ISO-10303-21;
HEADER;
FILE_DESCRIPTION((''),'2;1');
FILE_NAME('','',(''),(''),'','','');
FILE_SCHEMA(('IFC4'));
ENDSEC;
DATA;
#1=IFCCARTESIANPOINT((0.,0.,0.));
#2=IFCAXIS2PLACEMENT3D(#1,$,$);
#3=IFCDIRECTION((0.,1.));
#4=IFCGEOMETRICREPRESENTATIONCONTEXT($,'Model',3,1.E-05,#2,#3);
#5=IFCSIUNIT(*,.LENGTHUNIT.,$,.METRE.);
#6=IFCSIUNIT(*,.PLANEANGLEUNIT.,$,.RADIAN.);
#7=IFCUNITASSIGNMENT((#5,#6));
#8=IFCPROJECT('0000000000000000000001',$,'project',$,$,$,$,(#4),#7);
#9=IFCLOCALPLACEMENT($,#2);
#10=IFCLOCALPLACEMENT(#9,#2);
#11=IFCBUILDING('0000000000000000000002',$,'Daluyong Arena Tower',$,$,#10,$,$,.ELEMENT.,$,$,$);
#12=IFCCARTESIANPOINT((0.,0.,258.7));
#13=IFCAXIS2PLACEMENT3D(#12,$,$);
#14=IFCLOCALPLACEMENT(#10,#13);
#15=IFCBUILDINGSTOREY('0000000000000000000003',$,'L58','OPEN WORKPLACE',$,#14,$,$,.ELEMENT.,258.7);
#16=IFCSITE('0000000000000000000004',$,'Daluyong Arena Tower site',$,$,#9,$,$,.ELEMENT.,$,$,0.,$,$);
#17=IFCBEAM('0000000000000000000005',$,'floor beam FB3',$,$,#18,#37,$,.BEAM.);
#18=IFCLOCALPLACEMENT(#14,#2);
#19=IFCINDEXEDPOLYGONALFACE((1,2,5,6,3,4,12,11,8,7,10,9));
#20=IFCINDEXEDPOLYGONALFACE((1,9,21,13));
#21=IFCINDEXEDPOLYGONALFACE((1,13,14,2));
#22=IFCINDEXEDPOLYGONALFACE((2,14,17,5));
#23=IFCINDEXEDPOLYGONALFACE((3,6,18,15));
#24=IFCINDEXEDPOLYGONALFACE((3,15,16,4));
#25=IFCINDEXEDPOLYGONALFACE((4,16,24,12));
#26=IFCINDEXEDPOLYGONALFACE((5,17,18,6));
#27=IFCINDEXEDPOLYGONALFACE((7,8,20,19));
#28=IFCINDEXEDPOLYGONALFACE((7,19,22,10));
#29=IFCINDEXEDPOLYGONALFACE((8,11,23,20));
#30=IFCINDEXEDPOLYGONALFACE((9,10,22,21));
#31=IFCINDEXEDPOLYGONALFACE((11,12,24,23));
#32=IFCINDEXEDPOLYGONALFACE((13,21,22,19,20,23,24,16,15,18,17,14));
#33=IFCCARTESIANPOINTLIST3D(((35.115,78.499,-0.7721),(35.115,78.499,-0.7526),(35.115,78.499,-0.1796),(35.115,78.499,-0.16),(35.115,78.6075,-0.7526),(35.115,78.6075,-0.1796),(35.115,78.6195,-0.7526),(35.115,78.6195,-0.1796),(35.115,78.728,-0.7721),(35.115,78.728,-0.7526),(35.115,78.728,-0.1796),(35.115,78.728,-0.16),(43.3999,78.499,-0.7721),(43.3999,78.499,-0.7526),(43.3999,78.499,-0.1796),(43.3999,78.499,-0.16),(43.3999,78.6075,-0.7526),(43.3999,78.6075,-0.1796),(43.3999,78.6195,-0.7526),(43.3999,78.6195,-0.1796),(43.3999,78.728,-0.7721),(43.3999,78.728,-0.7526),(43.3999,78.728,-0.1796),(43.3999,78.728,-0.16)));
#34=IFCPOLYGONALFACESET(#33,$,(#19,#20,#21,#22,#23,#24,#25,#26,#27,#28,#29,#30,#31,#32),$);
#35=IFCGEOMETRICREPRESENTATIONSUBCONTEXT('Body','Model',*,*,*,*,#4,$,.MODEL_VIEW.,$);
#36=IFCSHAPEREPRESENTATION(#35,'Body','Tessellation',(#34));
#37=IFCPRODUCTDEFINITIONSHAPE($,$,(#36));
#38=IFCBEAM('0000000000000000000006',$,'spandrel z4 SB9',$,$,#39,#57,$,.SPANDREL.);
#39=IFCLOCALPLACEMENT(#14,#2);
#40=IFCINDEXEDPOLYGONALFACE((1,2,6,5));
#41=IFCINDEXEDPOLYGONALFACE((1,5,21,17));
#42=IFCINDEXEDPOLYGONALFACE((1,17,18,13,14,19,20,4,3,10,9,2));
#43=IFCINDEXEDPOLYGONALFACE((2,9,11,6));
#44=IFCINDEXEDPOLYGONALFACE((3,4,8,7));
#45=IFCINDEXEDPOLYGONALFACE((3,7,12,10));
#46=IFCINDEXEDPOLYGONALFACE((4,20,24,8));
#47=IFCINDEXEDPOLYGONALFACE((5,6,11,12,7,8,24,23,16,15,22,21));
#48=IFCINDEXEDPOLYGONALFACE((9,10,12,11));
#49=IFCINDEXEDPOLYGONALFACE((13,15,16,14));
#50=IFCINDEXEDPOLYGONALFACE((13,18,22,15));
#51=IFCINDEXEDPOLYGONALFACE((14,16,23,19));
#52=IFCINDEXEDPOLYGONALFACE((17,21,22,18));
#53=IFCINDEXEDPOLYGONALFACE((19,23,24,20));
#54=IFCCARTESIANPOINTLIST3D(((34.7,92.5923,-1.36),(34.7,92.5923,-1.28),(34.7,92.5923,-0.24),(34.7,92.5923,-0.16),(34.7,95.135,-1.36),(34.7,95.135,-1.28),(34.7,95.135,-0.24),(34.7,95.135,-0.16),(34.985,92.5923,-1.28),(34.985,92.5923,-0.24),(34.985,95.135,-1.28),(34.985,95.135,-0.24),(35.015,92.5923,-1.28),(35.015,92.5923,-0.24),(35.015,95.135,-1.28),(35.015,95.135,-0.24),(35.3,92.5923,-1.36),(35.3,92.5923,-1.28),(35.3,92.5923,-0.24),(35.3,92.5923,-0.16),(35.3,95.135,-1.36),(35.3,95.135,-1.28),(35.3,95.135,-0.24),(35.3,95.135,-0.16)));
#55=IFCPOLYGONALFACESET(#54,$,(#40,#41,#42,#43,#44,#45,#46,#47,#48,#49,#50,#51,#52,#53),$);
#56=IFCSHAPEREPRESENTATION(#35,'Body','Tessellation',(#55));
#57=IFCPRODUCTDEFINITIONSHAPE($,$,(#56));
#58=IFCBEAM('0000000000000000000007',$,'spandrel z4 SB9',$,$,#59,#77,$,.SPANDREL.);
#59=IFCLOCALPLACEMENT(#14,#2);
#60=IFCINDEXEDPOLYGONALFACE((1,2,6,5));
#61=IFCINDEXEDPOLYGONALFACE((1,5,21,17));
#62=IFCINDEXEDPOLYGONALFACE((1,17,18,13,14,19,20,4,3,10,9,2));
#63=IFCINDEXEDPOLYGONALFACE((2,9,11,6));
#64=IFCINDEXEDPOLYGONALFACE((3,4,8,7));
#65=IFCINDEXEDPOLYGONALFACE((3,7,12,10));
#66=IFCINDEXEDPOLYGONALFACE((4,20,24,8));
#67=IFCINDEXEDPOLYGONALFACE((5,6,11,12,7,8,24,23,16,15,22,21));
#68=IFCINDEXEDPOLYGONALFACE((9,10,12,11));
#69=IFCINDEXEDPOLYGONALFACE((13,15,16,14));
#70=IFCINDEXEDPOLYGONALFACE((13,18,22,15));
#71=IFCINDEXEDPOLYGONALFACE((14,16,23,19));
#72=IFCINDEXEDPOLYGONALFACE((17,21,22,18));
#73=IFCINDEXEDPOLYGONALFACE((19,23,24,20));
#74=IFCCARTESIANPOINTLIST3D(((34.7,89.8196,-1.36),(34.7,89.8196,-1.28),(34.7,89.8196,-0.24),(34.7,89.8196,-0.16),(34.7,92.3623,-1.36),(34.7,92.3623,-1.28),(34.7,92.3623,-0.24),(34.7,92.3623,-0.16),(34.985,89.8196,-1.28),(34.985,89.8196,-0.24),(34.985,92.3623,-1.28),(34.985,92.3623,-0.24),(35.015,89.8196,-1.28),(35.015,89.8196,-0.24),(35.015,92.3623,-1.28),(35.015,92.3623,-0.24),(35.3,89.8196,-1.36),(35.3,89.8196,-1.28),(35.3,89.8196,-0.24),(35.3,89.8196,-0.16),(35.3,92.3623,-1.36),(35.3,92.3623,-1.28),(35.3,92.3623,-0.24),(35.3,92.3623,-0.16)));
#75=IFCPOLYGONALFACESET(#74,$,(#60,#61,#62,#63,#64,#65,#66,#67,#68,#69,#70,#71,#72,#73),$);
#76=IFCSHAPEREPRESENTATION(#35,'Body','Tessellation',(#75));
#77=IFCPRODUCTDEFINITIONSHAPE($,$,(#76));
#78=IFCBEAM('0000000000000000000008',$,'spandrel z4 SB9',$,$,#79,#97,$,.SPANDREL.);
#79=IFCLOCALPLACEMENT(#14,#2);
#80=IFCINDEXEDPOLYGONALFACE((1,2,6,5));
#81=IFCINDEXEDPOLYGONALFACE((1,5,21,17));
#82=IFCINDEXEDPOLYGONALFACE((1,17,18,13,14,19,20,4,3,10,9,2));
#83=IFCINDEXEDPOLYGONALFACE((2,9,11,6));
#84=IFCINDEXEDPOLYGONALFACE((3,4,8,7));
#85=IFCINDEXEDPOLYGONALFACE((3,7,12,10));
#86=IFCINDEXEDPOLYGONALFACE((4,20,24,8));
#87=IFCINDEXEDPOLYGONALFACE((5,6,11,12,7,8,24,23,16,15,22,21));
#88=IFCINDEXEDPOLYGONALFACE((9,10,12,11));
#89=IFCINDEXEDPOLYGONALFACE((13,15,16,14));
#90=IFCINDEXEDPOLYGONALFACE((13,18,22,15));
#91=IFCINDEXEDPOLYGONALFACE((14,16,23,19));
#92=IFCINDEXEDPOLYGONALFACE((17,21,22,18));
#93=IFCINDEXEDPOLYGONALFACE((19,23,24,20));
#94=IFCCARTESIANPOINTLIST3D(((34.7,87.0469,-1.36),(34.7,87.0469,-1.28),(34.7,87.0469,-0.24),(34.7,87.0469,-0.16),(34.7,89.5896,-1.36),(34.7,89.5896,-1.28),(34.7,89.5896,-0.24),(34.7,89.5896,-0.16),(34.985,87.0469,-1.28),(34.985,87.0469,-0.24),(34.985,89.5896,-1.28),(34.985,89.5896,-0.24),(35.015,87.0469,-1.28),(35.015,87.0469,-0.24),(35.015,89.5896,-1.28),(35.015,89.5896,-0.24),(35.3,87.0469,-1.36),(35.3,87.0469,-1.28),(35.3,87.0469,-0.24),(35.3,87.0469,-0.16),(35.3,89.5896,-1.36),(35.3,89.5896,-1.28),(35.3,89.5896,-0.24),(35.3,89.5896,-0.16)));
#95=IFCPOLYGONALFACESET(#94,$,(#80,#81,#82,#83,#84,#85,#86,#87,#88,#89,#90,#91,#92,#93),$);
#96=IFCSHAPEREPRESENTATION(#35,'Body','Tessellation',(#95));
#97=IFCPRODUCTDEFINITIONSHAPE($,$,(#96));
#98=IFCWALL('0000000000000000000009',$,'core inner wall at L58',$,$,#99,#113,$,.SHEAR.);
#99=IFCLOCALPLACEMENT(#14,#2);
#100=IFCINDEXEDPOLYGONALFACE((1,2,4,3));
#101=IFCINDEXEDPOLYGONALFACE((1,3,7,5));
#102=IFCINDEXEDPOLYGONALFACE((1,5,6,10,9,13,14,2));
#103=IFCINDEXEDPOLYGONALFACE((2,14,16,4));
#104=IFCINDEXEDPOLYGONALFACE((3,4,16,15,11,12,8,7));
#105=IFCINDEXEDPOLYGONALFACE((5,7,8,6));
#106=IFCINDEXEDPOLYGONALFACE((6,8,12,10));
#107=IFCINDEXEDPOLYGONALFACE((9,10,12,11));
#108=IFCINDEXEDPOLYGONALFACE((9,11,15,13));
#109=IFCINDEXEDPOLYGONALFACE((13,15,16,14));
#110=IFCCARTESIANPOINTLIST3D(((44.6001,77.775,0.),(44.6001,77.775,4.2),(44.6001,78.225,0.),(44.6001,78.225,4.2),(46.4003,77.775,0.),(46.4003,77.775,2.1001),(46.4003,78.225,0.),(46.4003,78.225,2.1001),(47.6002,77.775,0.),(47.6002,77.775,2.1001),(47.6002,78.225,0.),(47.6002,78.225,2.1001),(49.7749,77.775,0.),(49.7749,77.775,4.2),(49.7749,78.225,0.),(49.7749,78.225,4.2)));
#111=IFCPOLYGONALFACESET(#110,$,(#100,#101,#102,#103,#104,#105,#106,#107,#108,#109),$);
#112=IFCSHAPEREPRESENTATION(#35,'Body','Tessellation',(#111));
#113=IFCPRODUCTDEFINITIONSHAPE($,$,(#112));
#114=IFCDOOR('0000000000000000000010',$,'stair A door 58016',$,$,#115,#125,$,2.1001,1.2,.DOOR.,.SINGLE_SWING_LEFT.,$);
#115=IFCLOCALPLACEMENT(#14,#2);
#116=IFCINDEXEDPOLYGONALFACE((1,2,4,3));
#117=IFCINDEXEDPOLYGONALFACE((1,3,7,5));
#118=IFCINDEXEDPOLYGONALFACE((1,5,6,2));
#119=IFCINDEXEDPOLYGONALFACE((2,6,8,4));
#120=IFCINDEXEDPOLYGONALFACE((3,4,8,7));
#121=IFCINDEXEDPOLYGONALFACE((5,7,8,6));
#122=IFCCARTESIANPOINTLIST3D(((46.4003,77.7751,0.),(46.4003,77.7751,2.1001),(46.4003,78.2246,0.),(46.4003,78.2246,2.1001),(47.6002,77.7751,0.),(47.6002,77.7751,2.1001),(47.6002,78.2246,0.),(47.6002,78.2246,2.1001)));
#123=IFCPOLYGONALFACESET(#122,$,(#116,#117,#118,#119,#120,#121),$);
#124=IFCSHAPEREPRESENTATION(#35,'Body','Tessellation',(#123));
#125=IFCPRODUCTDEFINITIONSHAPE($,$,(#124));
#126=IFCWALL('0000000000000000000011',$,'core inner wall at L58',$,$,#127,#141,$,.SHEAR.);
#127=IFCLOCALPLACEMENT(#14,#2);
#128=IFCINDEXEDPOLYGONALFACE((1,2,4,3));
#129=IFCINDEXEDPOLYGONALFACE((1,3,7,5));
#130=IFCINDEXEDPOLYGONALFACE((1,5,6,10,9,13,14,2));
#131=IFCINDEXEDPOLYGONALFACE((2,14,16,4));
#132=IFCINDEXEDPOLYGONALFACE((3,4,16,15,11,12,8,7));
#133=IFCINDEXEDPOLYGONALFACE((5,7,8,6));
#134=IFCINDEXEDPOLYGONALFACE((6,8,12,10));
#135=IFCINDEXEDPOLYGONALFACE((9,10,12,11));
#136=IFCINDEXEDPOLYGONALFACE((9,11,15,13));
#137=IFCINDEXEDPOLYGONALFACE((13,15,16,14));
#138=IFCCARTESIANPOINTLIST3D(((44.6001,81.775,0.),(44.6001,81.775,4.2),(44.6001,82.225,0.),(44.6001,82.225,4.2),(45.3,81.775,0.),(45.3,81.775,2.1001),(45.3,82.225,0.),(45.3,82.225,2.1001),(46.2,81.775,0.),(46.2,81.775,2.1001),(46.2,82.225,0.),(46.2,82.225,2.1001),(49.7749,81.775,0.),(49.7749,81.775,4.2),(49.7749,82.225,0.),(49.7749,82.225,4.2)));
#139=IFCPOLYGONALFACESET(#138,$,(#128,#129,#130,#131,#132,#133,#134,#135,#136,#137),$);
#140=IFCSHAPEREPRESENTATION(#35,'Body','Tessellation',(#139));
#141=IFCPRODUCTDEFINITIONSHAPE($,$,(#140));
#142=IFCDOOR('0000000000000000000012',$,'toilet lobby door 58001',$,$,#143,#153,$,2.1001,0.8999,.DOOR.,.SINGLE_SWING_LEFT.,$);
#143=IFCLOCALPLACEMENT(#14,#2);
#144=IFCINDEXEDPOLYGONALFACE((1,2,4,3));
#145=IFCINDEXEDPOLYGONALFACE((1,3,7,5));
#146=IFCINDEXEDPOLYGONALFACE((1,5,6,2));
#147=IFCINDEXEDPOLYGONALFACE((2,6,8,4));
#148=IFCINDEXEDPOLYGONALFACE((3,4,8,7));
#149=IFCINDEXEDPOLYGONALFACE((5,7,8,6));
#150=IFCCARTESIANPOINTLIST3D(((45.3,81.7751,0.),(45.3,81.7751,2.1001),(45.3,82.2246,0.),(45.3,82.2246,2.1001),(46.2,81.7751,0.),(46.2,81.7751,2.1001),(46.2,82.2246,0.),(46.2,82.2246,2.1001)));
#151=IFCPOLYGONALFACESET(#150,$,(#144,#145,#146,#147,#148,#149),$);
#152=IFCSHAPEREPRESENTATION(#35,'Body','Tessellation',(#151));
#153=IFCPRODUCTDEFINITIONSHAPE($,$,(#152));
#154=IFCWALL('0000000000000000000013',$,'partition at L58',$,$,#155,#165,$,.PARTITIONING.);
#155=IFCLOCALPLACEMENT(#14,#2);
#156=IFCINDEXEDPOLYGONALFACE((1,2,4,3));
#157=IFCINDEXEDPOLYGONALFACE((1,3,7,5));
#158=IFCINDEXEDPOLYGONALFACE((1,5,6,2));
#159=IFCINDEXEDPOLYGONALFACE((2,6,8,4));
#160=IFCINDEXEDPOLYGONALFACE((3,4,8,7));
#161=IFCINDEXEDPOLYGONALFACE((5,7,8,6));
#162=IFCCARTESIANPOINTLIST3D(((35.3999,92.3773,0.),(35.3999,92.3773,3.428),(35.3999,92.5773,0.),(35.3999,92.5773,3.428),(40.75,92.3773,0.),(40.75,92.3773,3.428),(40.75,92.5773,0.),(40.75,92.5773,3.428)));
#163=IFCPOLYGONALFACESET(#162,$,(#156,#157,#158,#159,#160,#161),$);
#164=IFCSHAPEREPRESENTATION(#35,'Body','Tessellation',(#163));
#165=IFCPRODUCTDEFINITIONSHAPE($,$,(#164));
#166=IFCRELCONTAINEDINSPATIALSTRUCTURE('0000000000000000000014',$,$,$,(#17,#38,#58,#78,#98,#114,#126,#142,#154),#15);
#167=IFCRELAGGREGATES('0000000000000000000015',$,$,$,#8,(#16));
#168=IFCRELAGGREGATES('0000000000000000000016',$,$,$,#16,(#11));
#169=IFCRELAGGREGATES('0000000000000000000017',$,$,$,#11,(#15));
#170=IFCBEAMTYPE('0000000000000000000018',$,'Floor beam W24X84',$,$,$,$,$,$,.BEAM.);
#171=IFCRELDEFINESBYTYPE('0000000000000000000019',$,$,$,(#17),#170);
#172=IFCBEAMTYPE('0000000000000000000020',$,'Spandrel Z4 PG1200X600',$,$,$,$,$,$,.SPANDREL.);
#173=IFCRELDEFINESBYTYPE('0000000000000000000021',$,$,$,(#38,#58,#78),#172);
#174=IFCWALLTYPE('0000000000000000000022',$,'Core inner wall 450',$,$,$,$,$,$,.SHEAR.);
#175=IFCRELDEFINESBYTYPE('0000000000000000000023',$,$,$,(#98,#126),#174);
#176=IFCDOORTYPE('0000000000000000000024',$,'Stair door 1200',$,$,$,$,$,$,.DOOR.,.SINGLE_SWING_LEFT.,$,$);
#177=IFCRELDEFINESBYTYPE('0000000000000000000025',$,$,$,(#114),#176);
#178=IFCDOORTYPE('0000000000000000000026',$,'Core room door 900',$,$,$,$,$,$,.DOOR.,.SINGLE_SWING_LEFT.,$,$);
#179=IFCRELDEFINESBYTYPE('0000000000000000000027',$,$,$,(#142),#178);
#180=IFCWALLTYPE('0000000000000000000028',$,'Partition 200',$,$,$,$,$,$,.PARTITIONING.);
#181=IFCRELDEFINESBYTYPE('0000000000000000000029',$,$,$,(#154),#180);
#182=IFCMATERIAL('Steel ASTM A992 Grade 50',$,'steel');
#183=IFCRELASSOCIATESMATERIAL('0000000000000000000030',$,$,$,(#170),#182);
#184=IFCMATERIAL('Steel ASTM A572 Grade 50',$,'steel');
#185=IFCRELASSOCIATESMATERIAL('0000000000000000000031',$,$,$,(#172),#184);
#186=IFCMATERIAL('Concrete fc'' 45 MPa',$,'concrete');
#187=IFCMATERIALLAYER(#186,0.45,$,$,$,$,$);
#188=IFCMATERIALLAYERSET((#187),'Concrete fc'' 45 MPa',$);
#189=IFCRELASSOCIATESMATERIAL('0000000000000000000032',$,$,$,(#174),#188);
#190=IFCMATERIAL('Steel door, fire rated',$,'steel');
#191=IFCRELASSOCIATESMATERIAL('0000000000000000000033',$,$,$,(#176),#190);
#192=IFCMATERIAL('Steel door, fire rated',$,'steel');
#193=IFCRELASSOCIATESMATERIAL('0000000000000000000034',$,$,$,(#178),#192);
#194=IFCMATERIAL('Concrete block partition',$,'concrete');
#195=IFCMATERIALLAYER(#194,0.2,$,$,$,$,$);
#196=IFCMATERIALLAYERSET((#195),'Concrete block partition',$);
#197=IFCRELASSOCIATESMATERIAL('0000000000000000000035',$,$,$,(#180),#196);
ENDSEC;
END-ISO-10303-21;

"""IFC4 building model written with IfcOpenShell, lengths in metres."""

from ifc_helpers import new_model, si_unit, direction, frame, frame_2d, origin, origin_2d, place, context, subcontext, project, spatial, rectangle, i_section, extrude, material, layer, layer_set, material_profile, profile_set, type_object, element, fill, save


model = new_model("IFC4")

# Units and contexts
model_context = context("Model", 3, precision=1e-05, world=origin(), true_north=direction((0.0, 1.0)))
body_context = subcontext(model_context, "Body", "Model", "MODEL_VIEW")
ifc_project = project(units=[si_unit("LENGTHUNIT", "METRE"), si_unit("PLANEANGLEUNIT", "RADIAN")], contexts=[model_context])

# Site, building, storey
site_placement = place(None, origin())
site = spatial("IfcSite", under=ifc_project, at=site_placement, Name="Daluyong Arena Tower site", CompositionType="ELEMENT", RefElevation=0.0)
building_placement = place(site_placement, origin())
building = spatial("IfcBuilding", under=site, at=building_placement, Name="Daluyong Arena Tower", CompositionType="ELEMENT")
storey_placement = place(building_placement, frame((0.0, 0.0, 258.7)))
storey = spatial("IfcBuildingStorey", under=building, at=storey_placement, Name="L58", Description="OPEN WORKPLACE", CompositionType="ELEMENT", Elevation=258.7)

# Beams
ifc_material_1 = material(Name="Steel ASTM A992 Grade 50", Category="steel")
ifc_material_profile_1 = material_profile(ifc_material_1, i_section(OverallWidth=0.229, OverallDepth=0.6121, WebThickness=0.012, FlangeThickness=0.0195, at=origin_2d()))
ifc_profile_set_1 = profile_set([ifc_material_profile_1], Name="Steel ASTM A992 Grade 50")
beam_type_1 = type_object("IfcBeamType", Name="Floor beam W24X84", PredefinedType="BEAM", material=ifc_profile_set_1)
for number, where, z_axis, x_axis, name in (
    (1, (35.115, 78.6135, -0.4661), (1.0, 0.0, 0.0), (0.0, 1.0, 0.0), "floor beam FB3"),
):
    element("IfcBeam", number, at=place(storey_placement, frame(where, z_axis=z_axis, x_axis=x_axis)), inside=storey, type_object=beam_type_1, Name=name, PredefinedType="BEAM", context=body_context, shape_type="SweptSolid", body=[
        extrude(i_section(OverallWidth=0.229, OverallDepth=0.6121, WebThickness=0.012, FlangeThickness=0.0195, at=origin_2d()), origin(), (0.0, 0.0, 1.0), 8.2849),
    ])
ifc_material_2 = material(Name="Steel ASTM A572 Grade 50", Category="steel")
ifc_material_profile_2 = material_profile(ifc_material_2, i_section(OverallWidth=0.6001, OverallDepth=1.2, WebThickness=0.03, FlangeThickness=0.08, at=origin_2d()))
ifc_profile_set_2 = profile_set([ifc_material_profile_2], Name="Steel ASTM A572 Grade 50")
beam_type_2 = type_object("IfcBeamType", Name="Spandrel Z4 PG1200X600", PredefinedType="SPANDREL", material=ifc_profile_set_2)
for number, where, z_axis, x_axis, name in (
    (2, (35.0, 95.135, -0.76), (0.0, -1.0, 0.0), (1.0, 0.0, 0.0), "spandrel z4 SB9"),
    (3, (35.0, 92.3623, -0.76), (0.0, -1.0, 0.0), (1.0, 0.0, 0.0), "spandrel z4 SB9"),
    (4, (35.0, 89.5896, -0.76), (0.0, -1.0, 0.0), (1.0, 0.0, 0.0), "spandrel z4 SB9"),
):
    element("IfcBeam", number, at=place(storey_placement, frame(where, z_axis=z_axis, x_axis=x_axis)), inside=storey, type_object=beam_type_2, Name=name, PredefinedType="SPANDREL", context=body_context, shape_type="SweptSolid", body=[
        extrude(i_section(OverallWidth=0.6001, OverallDepth=1.2, WebThickness=0.03, FlangeThickness=0.08, at=origin_2d()), origin(), (0.0, 0.0, 1.0), 2.5427),
    ])

# Walls, openings, doors
ifc_material_3 = material(Name="Concrete fc' 45 MPa", Category="concrete")
ifc_layer_1 = layer(ifc_material_3, 0.45)
ifc_layer_set_1 = layer_set([ifc_layer_1], Name="Concrete fc' 45 MPa")
wall_type_1 = type_object("IfcWallType", Name="Core inner wall 450", PredefinedType="SHEAR", material=ifc_layer_set_1)
wall_1_placement = place(storey_placement, frame((44.6001, 78.0, 0.0), z_axis=(0.0, 0.0, 1.0), x_axis=(1.0, 0.0, 0.0)))
wall_1 = element("IfcWall", 5, at=wall_1_placement, inside=storey, type_object=wall_type_1, Name="core inner wall at L58", PredefinedType="SHEAR", context=body_context, shape_type="SweptSolid", body=[
    extrude(rectangle(XDim=5.1748, YDim=0.45, at=frame_2d((2.5874, 0.0))), origin(), (0.0, 0.0, 1.0), 4.2),
])
opening_1_placement = place(wall_1_placement, frame((1.8, 0.0, 0.0)))
opening_1 = element("IfcOpeningElement", 6, at=opening_1_placement, cuts=wall_1, PredefinedType="OPENING", context=body_context, shape_type="SweptSolid", body=[
    extrude(rectangle(XDim=1.2, YDim=2.1001, at=frame_2d((0.6001, 1.05))), frame((0.0, 0.2349, 0.0), z_axis=(0.0, -1.0, 0.0), x_axis=(1.0, 0.0, 0.0)), (0.0, 0.0, 1.0), 0.47),
])
ifc_material_4 = material(Name="Steel door, fire rated", Category="steel")
door_type_1 = type_object("IfcDoorType", Name="Stair door 1200", OperationType="SINGLE_SWING_LEFT", PredefinedType="DOOR", material=ifc_material_4)
door_1_placement = place(opening_1_placement, origin())
door_1 = element("IfcDoor", 7, at=door_1_placement, inside=storey, type_object=door_type_1, Name="stair A door 58016", OperationType="SINGLE_SWING_LEFT", OverallHeight=2.1001, OverallWidth=1.2, PredefinedType="DOOR", context=body_context, shape_type="SweptSolid", body=[
    extrude(rectangle(XDim=1.2, YDim=2.1001, at=frame_2d((0.6001, 1.05))), frame((0.0, 0.2246, 0.0), z_axis=(0.0, -1.0, 0.0), x_axis=(1.0, 0.0, 0.0)), (0.0, 0.0, 1.0), 0.4495),
])
fill(opening_1, door_1)
wall_2_placement = place(storey_placement, frame((44.6001, 82.0, 0.0), z_axis=(0.0, 0.0, 1.0), x_axis=(1.0, 0.0, 0.0)))
wall_2 = element("IfcWall", 8, at=wall_2_placement, inside=storey, type_object=wall_type_1, Name="core inner wall at L58", PredefinedType="SHEAR", context=body_context, shape_type="SweptSolid", body=[
    extrude(rectangle(XDim=5.1748, YDim=0.45, at=frame_2d((2.5874, 0.0))), origin(), (0.0, 0.0, 1.0), 4.2),
])
opening_2_placement = place(wall_2_placement, frame((0.7, 0.0, 0.0)))
opening_2 = element("IfcOpeningElement", 9, at=opening_2_placement, cuts=wall_2, PredefinedType="OPENING", context=body_context, shape_type="SweptSolid", body=[
    extrude(rectangle(XDim=0.8999, YDim=2.1001, at=frame_2d((0.45, 1.05))), frame((0.0, 0.2349, 0.0), z_axis=(0.0, -1.0, 0.0), x_axis=(1.0, 0.0, 0.0)), (0.0, 0.0, 1.0), 0.47),
])
ifc_material_5 = material(Name="Steel door, fire rated", Category="steel")
door_type_2 = type_object("IfcDoorType", Name="Core room door 900", OperationType="SINGLE_SWING_LEFT", PredefinedType="DOOR", material=ifc_material_5)
door_2_placement = place(opening_2_placement, origin())
door_2 = element("IfcDoor", 10, at=door_2_placement, inside=storey, type_object=door_type_2, Name="toilet lobby door 58001", OperationType="SINGLE_SWING_LEFT", OverallHeight=2.1001, OverallWidth=0.8999, PredefinedType="DOOR", context=body_context, shape_type="SweptSolid", body=[
    extrude(rectangle(XDim=0.8999, YDim=2.1001, at=frame_2d((0.45, 1.05))), frame((0.0, 0.2246, 0.0), z_axis=(0.0, -1.0, 0.0), x_axis=(1.0, 0.0, 0.0)), (0.0, 0.0, 1.0), 0.4495),
])
fill(opening_2, door_2)

# Wall
ifc_material_6 = material(Name="Concrete block partition", Category="concrete")
ifc_layer_2 = layer(ifc_material_6, 0.2)
ifc_layer_set_2 = layer_set([ifc_layer_2], Name="Concrete block partition")
wall_type_2 = type_object("IfcWallType", Name="Partition 200", PredefinedType="PARTITIONING", material=ifc_layer_set_2)
wall_3_placement = place(storey_placement, frame((35.3999, 92.4773, 0.0), z_axis=(0.0, 0.0, 1.0), x_axis=(1.0, 0.0, 0.0)))
element("IfcWall", 11, at=wall_3_placement, inside=storey, type_object=wall_type_2, Name="partition at L58", PredefinedType="PARTITIONING", context=body_context, shape_type="SweptSolid", body=[
    extrude(rectangle(XDim=5.3501, YDim=0.2, at=frame_2d((2.675, 0.0))), origin(), (0.0, 0.0, 1.0), 3.428),
])

save(model, "model.ifc")
